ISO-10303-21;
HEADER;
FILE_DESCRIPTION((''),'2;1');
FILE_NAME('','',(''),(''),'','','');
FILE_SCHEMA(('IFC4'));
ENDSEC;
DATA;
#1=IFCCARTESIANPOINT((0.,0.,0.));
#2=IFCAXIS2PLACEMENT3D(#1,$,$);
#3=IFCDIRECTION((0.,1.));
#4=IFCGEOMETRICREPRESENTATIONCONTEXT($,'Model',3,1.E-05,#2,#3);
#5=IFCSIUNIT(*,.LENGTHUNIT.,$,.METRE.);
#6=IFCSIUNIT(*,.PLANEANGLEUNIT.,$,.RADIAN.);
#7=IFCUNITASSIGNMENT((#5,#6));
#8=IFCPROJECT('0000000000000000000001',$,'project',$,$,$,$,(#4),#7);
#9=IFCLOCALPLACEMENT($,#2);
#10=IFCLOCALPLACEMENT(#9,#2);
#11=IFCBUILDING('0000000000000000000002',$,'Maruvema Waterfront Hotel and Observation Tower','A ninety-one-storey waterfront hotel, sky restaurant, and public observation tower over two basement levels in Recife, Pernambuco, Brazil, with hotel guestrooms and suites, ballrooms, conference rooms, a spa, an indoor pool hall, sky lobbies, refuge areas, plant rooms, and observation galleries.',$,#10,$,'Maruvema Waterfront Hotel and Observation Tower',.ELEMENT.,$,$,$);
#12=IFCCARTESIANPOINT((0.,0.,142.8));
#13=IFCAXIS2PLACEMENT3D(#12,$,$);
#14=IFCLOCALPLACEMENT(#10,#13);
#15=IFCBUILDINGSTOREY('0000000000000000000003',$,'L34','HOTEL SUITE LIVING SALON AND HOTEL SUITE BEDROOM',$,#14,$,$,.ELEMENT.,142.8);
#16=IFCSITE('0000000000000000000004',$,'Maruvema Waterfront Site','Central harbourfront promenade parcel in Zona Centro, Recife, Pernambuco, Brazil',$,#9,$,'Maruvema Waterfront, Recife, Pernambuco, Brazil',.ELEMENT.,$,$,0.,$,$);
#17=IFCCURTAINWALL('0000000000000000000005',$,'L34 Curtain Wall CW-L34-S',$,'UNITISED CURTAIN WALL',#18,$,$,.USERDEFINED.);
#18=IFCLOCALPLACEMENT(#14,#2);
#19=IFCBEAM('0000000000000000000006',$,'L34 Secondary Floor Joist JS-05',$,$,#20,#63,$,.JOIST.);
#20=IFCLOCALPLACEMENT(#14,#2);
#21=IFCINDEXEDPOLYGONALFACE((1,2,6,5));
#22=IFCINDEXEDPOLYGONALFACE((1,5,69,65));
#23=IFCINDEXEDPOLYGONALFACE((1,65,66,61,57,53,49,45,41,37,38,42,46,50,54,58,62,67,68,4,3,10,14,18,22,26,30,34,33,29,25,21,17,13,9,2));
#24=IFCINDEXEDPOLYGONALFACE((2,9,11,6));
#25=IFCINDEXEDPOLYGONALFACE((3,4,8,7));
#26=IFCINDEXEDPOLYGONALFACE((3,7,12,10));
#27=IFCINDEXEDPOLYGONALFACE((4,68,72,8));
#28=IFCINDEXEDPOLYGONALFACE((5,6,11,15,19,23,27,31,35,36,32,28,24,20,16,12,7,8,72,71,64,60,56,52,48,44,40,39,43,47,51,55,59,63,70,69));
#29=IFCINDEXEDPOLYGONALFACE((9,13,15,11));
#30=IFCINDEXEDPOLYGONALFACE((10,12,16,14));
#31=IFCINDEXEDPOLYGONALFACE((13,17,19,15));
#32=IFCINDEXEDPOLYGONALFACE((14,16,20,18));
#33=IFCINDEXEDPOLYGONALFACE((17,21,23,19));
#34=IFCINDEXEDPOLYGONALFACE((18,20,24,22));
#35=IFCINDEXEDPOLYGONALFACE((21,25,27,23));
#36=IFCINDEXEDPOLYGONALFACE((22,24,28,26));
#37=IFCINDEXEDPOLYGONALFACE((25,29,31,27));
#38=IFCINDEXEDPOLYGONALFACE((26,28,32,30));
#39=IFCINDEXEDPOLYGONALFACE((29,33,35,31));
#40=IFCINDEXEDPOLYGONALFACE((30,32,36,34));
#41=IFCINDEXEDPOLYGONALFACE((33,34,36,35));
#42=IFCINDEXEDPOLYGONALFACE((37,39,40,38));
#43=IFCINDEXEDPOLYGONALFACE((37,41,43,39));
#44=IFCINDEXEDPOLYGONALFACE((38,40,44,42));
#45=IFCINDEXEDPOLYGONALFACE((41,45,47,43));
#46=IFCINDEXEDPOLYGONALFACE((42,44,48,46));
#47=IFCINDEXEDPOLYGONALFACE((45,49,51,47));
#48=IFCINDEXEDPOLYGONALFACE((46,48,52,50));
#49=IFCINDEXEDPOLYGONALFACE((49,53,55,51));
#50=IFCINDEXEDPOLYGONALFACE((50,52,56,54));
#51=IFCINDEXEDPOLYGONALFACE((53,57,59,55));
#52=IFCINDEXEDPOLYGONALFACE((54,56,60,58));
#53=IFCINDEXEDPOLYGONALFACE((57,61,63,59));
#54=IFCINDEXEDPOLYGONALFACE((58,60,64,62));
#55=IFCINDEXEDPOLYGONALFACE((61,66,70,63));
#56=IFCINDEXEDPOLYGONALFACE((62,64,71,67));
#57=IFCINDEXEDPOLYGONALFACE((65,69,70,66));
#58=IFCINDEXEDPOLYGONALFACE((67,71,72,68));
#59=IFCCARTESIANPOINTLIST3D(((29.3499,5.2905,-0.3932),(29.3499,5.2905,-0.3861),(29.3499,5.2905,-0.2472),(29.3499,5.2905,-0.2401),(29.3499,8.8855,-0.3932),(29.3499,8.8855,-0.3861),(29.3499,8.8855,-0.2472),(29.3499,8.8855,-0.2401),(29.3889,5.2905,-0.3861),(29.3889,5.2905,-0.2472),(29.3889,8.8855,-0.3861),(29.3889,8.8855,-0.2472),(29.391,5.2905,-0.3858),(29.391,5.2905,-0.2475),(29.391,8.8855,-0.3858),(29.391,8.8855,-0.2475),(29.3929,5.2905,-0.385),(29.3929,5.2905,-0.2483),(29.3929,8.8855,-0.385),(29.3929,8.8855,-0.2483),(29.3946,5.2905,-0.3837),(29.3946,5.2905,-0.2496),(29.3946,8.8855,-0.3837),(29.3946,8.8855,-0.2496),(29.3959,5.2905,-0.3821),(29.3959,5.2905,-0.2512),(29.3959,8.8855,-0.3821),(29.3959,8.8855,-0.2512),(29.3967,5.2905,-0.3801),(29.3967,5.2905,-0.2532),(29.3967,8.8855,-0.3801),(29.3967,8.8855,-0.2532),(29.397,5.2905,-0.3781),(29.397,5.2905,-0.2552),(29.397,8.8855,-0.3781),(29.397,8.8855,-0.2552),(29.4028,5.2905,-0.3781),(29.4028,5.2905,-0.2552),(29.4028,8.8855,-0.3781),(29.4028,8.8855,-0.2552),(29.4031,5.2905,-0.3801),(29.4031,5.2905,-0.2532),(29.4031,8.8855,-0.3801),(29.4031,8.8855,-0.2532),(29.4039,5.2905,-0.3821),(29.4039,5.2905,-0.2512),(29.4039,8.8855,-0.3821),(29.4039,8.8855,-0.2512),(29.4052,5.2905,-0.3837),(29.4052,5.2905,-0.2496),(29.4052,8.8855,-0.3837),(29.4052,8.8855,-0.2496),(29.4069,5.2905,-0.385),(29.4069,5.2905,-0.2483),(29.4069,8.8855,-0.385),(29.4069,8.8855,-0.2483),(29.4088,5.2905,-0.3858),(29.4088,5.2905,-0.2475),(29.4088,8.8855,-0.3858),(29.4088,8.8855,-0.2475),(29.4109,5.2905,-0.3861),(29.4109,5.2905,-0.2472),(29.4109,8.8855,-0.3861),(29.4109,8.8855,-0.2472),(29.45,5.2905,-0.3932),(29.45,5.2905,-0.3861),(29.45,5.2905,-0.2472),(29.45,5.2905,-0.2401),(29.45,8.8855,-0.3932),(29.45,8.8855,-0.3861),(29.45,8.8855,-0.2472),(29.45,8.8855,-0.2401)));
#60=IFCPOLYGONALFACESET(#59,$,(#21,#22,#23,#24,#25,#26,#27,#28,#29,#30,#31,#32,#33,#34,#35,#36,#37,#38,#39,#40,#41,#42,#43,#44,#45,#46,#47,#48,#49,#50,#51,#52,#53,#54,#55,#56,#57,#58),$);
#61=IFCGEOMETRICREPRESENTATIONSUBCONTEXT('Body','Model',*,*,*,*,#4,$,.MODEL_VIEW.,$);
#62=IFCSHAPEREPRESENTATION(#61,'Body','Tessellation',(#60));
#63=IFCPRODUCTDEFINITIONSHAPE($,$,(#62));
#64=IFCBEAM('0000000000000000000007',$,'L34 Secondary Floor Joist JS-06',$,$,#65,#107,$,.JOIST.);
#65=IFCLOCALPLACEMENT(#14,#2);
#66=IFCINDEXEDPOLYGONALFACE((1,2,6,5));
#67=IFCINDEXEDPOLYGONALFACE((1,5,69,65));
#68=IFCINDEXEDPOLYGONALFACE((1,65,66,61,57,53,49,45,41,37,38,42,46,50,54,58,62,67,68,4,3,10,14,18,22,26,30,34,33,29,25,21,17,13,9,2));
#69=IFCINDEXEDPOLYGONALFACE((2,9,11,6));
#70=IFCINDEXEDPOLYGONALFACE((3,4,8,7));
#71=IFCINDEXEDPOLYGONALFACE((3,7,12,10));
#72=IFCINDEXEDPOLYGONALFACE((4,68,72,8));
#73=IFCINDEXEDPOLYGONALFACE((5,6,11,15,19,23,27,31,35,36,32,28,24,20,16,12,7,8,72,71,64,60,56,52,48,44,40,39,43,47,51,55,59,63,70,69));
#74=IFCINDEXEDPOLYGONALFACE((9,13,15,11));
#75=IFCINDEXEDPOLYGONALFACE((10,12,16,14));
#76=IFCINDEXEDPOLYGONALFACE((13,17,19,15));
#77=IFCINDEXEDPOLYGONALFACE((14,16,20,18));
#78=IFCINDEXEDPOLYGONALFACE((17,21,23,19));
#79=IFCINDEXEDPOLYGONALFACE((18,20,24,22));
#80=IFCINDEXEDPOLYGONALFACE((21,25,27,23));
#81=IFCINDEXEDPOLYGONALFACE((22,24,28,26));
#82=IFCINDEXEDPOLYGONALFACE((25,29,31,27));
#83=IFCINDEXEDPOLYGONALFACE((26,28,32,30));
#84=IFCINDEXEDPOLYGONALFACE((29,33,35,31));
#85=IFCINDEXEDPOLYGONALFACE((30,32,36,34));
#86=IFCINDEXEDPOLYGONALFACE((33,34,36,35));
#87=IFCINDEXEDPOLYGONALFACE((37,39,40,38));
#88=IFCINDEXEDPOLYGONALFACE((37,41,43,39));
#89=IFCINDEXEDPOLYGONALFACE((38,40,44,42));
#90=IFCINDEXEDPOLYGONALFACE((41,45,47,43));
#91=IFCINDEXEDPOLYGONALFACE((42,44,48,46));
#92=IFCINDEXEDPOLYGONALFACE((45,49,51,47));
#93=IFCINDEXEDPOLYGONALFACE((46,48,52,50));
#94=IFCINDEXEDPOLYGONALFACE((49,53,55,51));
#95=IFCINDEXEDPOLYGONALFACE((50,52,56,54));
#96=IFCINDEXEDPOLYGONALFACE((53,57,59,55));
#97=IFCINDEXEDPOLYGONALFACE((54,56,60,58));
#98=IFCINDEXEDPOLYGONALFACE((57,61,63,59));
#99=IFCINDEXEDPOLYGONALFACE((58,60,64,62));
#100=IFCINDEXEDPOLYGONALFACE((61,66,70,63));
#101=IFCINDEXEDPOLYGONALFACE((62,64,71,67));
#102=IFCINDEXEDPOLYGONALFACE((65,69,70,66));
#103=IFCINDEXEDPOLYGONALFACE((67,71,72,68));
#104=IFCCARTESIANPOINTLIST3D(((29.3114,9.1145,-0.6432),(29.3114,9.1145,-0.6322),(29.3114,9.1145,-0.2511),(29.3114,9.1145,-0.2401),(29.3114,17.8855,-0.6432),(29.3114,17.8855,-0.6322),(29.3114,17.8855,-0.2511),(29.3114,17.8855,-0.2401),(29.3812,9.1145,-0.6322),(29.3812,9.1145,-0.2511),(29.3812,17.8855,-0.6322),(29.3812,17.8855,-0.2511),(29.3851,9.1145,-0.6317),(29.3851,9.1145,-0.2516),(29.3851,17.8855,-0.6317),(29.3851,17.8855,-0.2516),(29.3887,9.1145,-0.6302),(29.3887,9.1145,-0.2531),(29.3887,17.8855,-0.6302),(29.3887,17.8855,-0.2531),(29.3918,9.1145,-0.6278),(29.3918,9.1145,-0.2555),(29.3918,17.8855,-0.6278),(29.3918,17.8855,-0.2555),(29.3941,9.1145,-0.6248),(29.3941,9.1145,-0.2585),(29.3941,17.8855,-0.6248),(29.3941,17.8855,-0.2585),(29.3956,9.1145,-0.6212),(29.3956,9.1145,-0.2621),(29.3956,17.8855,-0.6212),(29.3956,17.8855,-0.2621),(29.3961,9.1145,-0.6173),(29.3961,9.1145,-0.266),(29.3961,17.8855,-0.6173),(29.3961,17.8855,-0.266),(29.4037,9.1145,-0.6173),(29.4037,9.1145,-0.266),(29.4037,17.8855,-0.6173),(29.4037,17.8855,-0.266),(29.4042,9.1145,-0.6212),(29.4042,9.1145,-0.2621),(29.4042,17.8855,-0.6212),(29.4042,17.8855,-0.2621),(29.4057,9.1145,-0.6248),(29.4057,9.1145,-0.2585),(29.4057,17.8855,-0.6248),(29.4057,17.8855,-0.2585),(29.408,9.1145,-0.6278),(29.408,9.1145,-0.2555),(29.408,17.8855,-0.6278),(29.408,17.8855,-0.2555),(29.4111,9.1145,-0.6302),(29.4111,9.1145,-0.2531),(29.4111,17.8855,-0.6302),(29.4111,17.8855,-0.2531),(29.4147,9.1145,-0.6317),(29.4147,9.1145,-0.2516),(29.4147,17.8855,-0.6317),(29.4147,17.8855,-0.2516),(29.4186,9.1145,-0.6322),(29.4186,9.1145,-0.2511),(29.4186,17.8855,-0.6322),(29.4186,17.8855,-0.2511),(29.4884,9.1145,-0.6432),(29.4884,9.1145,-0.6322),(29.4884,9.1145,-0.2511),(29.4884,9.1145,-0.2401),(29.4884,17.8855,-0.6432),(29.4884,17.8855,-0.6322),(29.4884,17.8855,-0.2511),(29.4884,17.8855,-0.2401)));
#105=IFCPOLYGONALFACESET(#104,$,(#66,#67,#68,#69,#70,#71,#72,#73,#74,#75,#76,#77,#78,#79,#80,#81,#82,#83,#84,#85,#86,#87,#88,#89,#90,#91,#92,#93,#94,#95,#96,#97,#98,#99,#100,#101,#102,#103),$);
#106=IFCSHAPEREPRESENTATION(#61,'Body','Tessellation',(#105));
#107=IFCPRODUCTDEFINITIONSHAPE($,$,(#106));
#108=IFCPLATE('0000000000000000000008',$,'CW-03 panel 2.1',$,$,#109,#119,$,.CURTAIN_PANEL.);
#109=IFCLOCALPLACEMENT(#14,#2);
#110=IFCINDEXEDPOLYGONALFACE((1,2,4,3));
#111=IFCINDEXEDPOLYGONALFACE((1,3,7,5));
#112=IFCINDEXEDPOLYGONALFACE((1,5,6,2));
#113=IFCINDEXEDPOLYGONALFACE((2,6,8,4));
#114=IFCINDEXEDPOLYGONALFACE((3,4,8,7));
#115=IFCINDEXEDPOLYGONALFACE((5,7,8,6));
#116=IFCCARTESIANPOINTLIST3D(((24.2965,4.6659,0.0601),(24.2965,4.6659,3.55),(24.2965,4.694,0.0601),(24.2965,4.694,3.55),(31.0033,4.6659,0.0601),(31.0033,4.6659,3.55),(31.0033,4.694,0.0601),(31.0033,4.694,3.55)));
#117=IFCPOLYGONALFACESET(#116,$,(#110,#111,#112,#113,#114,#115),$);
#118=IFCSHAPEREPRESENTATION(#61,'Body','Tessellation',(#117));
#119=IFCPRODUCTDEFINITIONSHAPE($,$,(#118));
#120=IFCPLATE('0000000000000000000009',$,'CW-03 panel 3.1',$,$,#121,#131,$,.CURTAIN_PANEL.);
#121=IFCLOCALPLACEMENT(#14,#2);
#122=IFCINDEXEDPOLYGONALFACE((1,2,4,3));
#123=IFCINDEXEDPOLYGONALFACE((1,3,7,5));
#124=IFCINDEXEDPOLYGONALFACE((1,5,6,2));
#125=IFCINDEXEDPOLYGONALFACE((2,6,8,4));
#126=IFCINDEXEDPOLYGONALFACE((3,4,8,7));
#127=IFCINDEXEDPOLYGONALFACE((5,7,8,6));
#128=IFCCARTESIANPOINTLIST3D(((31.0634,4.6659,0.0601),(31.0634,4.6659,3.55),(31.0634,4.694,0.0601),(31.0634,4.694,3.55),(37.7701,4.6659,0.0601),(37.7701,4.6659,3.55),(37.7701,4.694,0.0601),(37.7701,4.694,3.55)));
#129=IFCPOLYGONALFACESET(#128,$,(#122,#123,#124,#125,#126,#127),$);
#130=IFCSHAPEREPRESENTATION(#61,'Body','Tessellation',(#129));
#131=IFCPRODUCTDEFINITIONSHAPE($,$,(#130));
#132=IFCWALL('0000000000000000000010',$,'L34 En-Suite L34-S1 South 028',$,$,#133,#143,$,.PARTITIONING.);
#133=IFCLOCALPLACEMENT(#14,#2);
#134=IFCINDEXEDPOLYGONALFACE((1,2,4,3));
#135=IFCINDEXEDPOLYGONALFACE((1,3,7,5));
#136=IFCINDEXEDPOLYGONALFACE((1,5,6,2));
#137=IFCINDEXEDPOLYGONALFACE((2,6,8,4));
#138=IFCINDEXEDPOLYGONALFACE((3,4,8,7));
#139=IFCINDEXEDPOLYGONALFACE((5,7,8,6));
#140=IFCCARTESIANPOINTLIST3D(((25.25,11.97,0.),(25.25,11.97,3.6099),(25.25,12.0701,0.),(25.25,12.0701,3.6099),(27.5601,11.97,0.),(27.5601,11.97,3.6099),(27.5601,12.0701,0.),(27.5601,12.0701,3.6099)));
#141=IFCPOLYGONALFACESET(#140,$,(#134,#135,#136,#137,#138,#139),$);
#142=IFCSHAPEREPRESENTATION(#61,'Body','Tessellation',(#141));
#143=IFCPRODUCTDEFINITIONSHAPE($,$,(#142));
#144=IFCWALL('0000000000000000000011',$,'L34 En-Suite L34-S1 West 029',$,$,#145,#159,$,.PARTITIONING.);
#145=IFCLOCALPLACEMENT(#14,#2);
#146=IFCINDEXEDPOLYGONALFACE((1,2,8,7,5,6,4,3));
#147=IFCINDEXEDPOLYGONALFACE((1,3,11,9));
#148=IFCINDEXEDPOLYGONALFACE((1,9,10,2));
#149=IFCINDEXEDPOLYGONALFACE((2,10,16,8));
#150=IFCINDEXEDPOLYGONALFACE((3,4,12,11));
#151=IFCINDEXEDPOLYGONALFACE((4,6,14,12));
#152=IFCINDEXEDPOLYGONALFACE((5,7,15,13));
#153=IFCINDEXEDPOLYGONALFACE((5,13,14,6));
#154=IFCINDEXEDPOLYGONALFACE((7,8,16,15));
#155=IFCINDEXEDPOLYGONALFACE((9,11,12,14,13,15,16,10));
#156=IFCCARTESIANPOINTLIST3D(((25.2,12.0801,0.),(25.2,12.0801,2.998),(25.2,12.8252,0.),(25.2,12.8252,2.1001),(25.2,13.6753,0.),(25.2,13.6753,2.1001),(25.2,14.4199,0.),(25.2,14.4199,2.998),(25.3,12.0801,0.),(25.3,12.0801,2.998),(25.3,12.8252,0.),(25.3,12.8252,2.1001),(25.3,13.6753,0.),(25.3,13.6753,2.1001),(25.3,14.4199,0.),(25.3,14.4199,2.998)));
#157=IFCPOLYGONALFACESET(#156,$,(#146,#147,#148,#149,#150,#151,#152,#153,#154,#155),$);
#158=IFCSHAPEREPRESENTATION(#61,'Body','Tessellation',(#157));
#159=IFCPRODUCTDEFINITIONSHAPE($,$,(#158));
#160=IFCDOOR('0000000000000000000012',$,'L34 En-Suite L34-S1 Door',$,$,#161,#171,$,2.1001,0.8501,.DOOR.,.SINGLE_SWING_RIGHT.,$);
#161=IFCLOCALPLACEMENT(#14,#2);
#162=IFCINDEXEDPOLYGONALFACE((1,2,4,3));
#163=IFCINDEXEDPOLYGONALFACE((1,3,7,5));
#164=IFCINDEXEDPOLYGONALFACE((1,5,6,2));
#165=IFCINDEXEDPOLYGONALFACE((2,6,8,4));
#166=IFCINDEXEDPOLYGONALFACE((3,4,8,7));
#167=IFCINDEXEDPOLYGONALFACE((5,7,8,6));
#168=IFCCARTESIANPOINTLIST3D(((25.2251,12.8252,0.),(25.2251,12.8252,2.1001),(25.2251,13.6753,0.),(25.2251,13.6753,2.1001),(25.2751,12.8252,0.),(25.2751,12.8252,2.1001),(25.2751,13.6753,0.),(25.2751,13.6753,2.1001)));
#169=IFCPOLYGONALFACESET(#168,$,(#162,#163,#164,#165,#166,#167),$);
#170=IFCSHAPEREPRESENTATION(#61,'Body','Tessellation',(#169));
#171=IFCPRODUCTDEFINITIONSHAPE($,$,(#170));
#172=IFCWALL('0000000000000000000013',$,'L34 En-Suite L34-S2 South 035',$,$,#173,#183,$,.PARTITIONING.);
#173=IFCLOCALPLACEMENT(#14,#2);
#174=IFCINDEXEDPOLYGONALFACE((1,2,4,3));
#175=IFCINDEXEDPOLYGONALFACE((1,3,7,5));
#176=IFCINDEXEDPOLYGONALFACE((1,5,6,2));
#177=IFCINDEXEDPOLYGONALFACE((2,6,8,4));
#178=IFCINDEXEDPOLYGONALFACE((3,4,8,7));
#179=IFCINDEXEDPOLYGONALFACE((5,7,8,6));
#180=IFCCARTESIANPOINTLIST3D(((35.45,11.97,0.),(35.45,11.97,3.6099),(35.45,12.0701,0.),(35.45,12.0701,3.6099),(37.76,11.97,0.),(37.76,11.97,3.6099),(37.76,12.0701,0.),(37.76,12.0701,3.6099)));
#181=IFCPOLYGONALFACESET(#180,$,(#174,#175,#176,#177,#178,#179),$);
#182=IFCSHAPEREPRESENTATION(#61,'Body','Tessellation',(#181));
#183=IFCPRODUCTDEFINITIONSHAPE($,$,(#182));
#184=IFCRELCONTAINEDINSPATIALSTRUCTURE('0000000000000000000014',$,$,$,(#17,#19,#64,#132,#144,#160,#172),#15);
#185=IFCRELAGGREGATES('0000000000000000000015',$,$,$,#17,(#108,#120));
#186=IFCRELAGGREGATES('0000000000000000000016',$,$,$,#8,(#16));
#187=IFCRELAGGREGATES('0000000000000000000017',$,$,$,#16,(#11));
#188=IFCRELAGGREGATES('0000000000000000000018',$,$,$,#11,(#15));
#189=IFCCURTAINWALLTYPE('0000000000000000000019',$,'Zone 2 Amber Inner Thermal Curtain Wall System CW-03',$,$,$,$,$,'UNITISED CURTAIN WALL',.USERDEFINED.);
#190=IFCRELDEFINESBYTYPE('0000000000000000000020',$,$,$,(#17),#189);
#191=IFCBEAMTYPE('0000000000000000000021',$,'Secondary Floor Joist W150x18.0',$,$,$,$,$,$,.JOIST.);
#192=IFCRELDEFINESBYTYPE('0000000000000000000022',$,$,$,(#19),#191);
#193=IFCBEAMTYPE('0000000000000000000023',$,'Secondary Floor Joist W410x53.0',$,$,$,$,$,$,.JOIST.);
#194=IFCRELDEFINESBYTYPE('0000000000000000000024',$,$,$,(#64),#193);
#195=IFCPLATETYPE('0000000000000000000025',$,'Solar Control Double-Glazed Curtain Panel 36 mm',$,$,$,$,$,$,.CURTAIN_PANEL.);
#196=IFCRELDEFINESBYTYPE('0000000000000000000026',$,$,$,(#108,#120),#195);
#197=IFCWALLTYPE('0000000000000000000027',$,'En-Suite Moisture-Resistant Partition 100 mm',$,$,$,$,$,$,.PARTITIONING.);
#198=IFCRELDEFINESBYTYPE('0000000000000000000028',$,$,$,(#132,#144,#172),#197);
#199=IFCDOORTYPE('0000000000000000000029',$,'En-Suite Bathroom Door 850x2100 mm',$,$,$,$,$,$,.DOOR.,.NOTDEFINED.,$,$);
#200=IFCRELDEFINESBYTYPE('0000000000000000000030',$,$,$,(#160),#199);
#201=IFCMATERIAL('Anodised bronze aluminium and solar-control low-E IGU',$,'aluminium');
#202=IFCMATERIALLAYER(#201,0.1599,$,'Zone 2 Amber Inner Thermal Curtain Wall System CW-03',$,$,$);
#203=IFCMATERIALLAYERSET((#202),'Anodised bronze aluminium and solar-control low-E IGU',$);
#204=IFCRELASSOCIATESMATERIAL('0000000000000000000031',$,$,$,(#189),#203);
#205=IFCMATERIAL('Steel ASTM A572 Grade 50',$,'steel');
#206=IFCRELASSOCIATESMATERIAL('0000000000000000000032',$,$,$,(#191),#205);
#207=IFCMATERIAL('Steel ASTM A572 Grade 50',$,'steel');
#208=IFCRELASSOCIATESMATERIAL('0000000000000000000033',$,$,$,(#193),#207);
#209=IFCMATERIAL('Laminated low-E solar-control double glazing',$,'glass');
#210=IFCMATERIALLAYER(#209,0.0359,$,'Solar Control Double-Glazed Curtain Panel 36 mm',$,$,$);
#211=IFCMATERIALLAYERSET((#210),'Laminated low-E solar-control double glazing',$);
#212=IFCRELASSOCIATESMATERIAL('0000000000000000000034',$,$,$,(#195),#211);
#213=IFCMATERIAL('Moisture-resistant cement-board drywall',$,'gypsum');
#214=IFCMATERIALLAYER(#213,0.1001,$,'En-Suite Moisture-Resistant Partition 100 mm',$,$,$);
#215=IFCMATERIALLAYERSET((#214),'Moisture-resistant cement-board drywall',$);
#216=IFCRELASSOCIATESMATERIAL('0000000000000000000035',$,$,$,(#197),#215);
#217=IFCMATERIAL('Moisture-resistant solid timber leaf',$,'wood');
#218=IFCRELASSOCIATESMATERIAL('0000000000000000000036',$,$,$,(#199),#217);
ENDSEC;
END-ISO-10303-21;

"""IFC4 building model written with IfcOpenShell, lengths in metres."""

from ifc_helpers import new_model, si_unit, direction, frame, frame_2d, origin, origin_2d, place, context, subcontext, project, spatial, rectangle, i_section, extrude, material, layer, layer_set, material_profile, profile_set, type_object, element, fill, aggregate, save


model = new_model("IFC4")

# Units and contexts
model_context = context("Model", 3, precision=1e-05, world=origin(), true_north=direction((0.0, 1.0)))
body_context = subcontext(model_context, "Body", "Model", "MODEL_VIEW")
ifc_project = project(units=[si_unit("LENGTHUNIT", "METRE"), si_unit("PLANEANGLEUNIT", "RADIAN")], contexts=[model_context])

# Site, building, storey
site_placement = place(None, origin())
site = spatial("IfcSite", under=ifc_project, at=site_placement, Name="Maruvema Waterfront Site", Description="Central harbourfront promenade parcel in Zona Centro, Recife, Pernambuco, Brazil", LongName="Maruvema Waterfront, Recife, Pernambuco, Brazil", CompositionType="ELEMENT", RefElevation=0.0)
building_placement = place(site_placement, origin())
building = spatial("IfcBuilding", under=site, at=building_placement, Name="Maruvema Waterfront Hotel and Observation Tower", Description="A ninety-one-storey waterfront hotel, sky restaurant, and public observation tower over two basement levels in Recife, Pernambuco, Brazil, with hotel guestrooms and suites, ballrooms, conference rooms, a spa, an indoor pool hall, sky lobbies, refuge areas, plant rooms, and observation galleries.", LongName="Maruvema Waterfront Hotel and Observation Tower", CompositionType="ELEMENT")
storey_placement = place(building_placement, frame((0.0, 0.0, 142.8)))
storey = spatial("IfcBuildingStorey", under=building, at=storey_placement, Name="L34", Description="HOTEL SUITE LIVING SALON AND HOTEL SUITE BEDROOM", CompositionType="ELEMENT", Elevation=142.8)

# Curtain wall
ifc_material_1 = material(Name="Anodised bronze aluminium and solar-control low-E IGU", Category="aluminium")
ifc_layer_1 = layer(ifc_material_1, 0.1599, Name="Zone 2 Amber Inner Thermal Curtain Wall System CW-03")
ifc_layer_set_1 = layer_set([ifc_layer_1], Name="Anodised bronze aluminium and solar-control low-E IGU")
curtain_wall_type = type_object("IfcCurtainWallType", Name="Zone 2 Amber Inner Thermal Curtain Wall System CW-03", ElementType="UNITISED CURTAIN WALL", PredefinedType="USERDEFINED", material=ifc_layer_set_1)
curtain_wall_placement = place(storey_placement, origin())
curtain_wall = element("IfcCurtainWall", 1, at=curtain_wall_placement, inside=storey, type_object=curtain_wall_type, Name="L34 Curtain Wall CW-L34-S", ObjectType="UNITISED CURTAIN WALL", PredefinedType="USERDEFINED")

# Beams
ifc_material_2 = material(Name="Steel ASTM A572 Grade 50", Category="steel")
ifc_material_profile_1 = material_profile(ifc_material_2, i_section(OverallWidth=0.1001, OverallDepth=0.1531, WebThickness=0.0059, FlangeThickness=0.0071, FilletRadius=0.0081, at=origin_2d()), Name="W150x18.0")
ifc_profile_set_1 = profile_set([ifc_material_profile_1], Name="Steel ASTM A572 Grade 50")
beam_type_1 = type_object("IfcBeamType", Name="Secondary Floor Joist W150x18.0", PredefinedType="JOIST", material=ifc_profile_set_1)
beam_1_placement = place(storey_placement, frame((29.3999, 5.2905, -0.3167), z_axis=(0.0, 1.0, 0.0), x_axis=(-1.0, 0.0, 0.0)))
element("IfcBeam", 2, at=beam_1_placement, inside=storey, type_object=beam_type_1, Name="L34 Secondary Floor Joist JS-05", PredefinedType="JOIST", context=body_context, shape_type="SweptSolid", body=[
    extrude(i_section(OverallWidth=0.1001, OverallDepth=0.1531, WebThickness=0.0059, FlangeThickness=0.0071, FilletRadius=0.0081, at=origin_2d()), origin(), (0.0, 0.0, 1.0), 3.595),
])
ifc_material_3 = material(Name="Steel ASTM A572 Grade 50", Category="steel")
ifc_material_profile_2 = material_profile(ifc_material_3, i_section(OverallWidth=0.177, OverallDepth=0.4031, WebThickness=0.0076, FlangeThickness=0.011, FilletRadius=0.0149, at=origin_2d()), Name="W410x53.0")
ifc_profile_set_2 = profile_set([ifc_material_profile_2], Name="Steel ASTM A572 Grade 50")
beam_type_2 = type_object("IfcBeamType", Name="Secondary Floor Joist W410x53.0", PredefinedType="JOIST", material=ifc_profile_set_2)
beam_2_placement = place(storey_placement, frame((29.3999, 9.1145, -0.4417), z_axis=(0.0, 1.0, 0.0), x_axis=(-1.0, 0.0, 0.0)))
element("IfcBeam", 3, at=beam_2_placement, inside=storey, type_object=beam_type_2, Name="L34 Secondary Floor Joist JS-06", PredefinedType="JOIST", context=body_context, shape_type="SweptSolid", body=[
    extrude(i_section(OverallWidth=0.177, OverallDepth=0.4031, WebThickness=0.0076, FlangeThickness=0.011, FilletRadius=0.0149, at=origin_2d()), origin(), (0.0, 0.0, 1.0), 8.771),
])

# Plates
ifc_material_4 = material(Name="Laminated low-E solar-control double glazing", Category="glass")
ifc_layer_2 = layer(ifc_material_4, 0.0359, Name="Solar Control Double-Glazed Curtain Panel 36 mm")
ifc_layer_set_2 = layer_set([ifc_layer_2], Name="Laminated low-E solar-control double glazing")
plate_type = type_object("IfcPlateType", Name="Solar Control Double-Glazed Curtain Panel 36 mm", PredefinedType="CURTAIN_PANEL", material=ifc_layer_set_2)
plate_1_placement = place(storey_placement, frame((27.6499, 4.6799, 0.0601), z_axis=(0.0, 0.0, 1.0), x_axis=(1.0, 0.0, 0.0)))
plate_1 = element("IfcPlate", 4, at=plate_1_placement, type_object=plate_type, Name="CW-03 panel 2.1", PredefinedType="CURTAIN_PANEL", context=body_context, shape_type="SweptSolid", body=[
    extrude(rectangle(XDim=6.7068, YDim=0.0281, at=origin_2d()), origin(), (0.0, 0.0, 1.0), 3.49),
])
plate_2_placement = place(storey_placement, frame((34.4167, 4.6799, 0.0601), z_axis=(0.0, 0.0, 1.0), x_axis=(1.0, 0.0, 0.0)))
plate_2 = element("IfcPlate", 5, at=plate_2_placement, type_object=plate_type, Name="CW-03 panel 3.1", PredefinedType="CURTAIN_PANEL", context=body_context, shape_type="SweptSolid", body=[
    extrude(rectangle(XDim=6.7068, YDim=0.0281, at=origin_2d()), origin(), (0.0, 0.0, 1.0), 3.49),
])
aggregate(curtain_wall, [plate_1, plate_2])

# Wall
ifc_material_5 = material(Name="Moisture-resistant cement-board drywall", Category="gypsum")
ifc_layer_3 = layer(ifc_material_5, 0.1001, Name="En-Suite Moisture-Resistant Partition 100 mm")
ifc_layer_set_3 = layer_set([ifc_layer_3], Name="Moisture-resistant cement-board drywall")
wall_type_1 = type_object("IfcWallType", Name="En-Suite Moisture-Resistant Partition 100 mm", PredefinedType="PARTITIONING", material=ifc_layer_set_3)
wall_1_placement = place(storey_placement, frame((25.25, 12.02, 0.0), z_axis=(0.0, 0.0, 1.0), x_axis=(1.0, 0.0, 0.0)))
element("IfcWall", 6, at=wall_1_placement, inside=storey, type_object=wall_type_1, Name="L34 En-Suite L34-S1 South 028", PredefinedType="PARTITIONING", context=body_context, shape_type="SweptSolid", body=[
    extrude(rectangle(XDim=2.3101, YDim=0.1001, at=frame_2d((1.155, 0.0))), origin(), (0.0, 0.0, 1.0), 3.6099),
])

# Wall, opening, door
wall_2_placement = place(storey_placement, frame((25.25, 12.0801, 0.0), z_axis=(0.0, 0.0, 1.0), x_axis=(0.0, 1.0, 0.0)))
wall_2 = element("IfcWall", 7, at=wall_2_placement, inside=storey, type_object=wall_type_1, Name="L34 En-Suite L34-S1 West 029", PredefinedType="PARTITIONING", context=body_context, shape_type="SweptSolid", body=[
    extrude(rectangle(XDim=2.3398, YDim=0.1001, at=frame_2d((1.1699, 0.0))), origin(), (0.0, 0.0, 1.0), 2.998),
])
opening_1_placement = place(wall_2_placement, frame((0.7451, 0.0, 0.0)))
opening_1 = element("IfcOpeningElement", 8, at=opening_1_placement, cuts=wall_2, PredefinedType="OPENING", context=body_context, shape_type="SweptSolid", body=[
    extrude(rectangle(XDim=0.8501, YDim=2.1001, at=frame_2d((0.425, 1.05))), frame((0.0, 0.0601, 0.0), z_axis=(0.0, -1.0, 0.0), x_axis=(1.0, 0.0, 0.0)), (0.0, 0.0, 1.0), 0.1201),
])
ifc_material_6 = material(Name="Moisture-resistant solid timber leaf", Category="wood")
door_type_1 = type_object("IfcDoorType", Name="En-Suite Bathroom Door 850x2100 mm", OperationType="NOTDEFINED", PredefinedType="DOOR", material=ifc_material_6)
door_1_placement = place(opening_1_placement, origin())
door_1 = element("IfcDoor", 9, at=door_1_placement, inside=storey, type_object=door_type_1, Name="L34 En-Suite L34-S1 Door", OperationType="SINGLE_SWING_RIGHT", OverallHeight=2.1001, OverallWidth=0.8501, PredefinedType="DOOR", context=body_context, shape_type="SweptSolid", body=[
    extrude(rectangle(XDim=0.8501, YDim=2.1001, at=frame_2d((0.425, 1.05))), frame((0.0, 0.0249, 0.0), z_axis=(0.0, -1.0, 0.0), x_axis=(1.0, 0.0, 0.0)), (0.0, 0.0, 1.0), 0.05),
])
fill(opening_1, door_1)

# Wall
wall_3_placement = place(storey_placement, frame((35.45, 12.02, 0.0), z_axis=(0.0, 0.0, 1.0), x_axis=(1.0, 0.0, 0.0)))
element("IfcWall", 10, at=wall_3_placement, inside=storey, type_object=wall_type_1, Name="L34 En-Suite L34-S2 South 035", PredefinedType="PARTITIONING", context=body_context, shape_type="SweptSolid", body=[
    extrude(rectangle(XDim=2.3101, YDim=0.1001, at=frame_2d((1.155, 0.0))), origin(), (0.0, 0.0, 1.0), 3.6099),
])

save(model, "model.ifc")
